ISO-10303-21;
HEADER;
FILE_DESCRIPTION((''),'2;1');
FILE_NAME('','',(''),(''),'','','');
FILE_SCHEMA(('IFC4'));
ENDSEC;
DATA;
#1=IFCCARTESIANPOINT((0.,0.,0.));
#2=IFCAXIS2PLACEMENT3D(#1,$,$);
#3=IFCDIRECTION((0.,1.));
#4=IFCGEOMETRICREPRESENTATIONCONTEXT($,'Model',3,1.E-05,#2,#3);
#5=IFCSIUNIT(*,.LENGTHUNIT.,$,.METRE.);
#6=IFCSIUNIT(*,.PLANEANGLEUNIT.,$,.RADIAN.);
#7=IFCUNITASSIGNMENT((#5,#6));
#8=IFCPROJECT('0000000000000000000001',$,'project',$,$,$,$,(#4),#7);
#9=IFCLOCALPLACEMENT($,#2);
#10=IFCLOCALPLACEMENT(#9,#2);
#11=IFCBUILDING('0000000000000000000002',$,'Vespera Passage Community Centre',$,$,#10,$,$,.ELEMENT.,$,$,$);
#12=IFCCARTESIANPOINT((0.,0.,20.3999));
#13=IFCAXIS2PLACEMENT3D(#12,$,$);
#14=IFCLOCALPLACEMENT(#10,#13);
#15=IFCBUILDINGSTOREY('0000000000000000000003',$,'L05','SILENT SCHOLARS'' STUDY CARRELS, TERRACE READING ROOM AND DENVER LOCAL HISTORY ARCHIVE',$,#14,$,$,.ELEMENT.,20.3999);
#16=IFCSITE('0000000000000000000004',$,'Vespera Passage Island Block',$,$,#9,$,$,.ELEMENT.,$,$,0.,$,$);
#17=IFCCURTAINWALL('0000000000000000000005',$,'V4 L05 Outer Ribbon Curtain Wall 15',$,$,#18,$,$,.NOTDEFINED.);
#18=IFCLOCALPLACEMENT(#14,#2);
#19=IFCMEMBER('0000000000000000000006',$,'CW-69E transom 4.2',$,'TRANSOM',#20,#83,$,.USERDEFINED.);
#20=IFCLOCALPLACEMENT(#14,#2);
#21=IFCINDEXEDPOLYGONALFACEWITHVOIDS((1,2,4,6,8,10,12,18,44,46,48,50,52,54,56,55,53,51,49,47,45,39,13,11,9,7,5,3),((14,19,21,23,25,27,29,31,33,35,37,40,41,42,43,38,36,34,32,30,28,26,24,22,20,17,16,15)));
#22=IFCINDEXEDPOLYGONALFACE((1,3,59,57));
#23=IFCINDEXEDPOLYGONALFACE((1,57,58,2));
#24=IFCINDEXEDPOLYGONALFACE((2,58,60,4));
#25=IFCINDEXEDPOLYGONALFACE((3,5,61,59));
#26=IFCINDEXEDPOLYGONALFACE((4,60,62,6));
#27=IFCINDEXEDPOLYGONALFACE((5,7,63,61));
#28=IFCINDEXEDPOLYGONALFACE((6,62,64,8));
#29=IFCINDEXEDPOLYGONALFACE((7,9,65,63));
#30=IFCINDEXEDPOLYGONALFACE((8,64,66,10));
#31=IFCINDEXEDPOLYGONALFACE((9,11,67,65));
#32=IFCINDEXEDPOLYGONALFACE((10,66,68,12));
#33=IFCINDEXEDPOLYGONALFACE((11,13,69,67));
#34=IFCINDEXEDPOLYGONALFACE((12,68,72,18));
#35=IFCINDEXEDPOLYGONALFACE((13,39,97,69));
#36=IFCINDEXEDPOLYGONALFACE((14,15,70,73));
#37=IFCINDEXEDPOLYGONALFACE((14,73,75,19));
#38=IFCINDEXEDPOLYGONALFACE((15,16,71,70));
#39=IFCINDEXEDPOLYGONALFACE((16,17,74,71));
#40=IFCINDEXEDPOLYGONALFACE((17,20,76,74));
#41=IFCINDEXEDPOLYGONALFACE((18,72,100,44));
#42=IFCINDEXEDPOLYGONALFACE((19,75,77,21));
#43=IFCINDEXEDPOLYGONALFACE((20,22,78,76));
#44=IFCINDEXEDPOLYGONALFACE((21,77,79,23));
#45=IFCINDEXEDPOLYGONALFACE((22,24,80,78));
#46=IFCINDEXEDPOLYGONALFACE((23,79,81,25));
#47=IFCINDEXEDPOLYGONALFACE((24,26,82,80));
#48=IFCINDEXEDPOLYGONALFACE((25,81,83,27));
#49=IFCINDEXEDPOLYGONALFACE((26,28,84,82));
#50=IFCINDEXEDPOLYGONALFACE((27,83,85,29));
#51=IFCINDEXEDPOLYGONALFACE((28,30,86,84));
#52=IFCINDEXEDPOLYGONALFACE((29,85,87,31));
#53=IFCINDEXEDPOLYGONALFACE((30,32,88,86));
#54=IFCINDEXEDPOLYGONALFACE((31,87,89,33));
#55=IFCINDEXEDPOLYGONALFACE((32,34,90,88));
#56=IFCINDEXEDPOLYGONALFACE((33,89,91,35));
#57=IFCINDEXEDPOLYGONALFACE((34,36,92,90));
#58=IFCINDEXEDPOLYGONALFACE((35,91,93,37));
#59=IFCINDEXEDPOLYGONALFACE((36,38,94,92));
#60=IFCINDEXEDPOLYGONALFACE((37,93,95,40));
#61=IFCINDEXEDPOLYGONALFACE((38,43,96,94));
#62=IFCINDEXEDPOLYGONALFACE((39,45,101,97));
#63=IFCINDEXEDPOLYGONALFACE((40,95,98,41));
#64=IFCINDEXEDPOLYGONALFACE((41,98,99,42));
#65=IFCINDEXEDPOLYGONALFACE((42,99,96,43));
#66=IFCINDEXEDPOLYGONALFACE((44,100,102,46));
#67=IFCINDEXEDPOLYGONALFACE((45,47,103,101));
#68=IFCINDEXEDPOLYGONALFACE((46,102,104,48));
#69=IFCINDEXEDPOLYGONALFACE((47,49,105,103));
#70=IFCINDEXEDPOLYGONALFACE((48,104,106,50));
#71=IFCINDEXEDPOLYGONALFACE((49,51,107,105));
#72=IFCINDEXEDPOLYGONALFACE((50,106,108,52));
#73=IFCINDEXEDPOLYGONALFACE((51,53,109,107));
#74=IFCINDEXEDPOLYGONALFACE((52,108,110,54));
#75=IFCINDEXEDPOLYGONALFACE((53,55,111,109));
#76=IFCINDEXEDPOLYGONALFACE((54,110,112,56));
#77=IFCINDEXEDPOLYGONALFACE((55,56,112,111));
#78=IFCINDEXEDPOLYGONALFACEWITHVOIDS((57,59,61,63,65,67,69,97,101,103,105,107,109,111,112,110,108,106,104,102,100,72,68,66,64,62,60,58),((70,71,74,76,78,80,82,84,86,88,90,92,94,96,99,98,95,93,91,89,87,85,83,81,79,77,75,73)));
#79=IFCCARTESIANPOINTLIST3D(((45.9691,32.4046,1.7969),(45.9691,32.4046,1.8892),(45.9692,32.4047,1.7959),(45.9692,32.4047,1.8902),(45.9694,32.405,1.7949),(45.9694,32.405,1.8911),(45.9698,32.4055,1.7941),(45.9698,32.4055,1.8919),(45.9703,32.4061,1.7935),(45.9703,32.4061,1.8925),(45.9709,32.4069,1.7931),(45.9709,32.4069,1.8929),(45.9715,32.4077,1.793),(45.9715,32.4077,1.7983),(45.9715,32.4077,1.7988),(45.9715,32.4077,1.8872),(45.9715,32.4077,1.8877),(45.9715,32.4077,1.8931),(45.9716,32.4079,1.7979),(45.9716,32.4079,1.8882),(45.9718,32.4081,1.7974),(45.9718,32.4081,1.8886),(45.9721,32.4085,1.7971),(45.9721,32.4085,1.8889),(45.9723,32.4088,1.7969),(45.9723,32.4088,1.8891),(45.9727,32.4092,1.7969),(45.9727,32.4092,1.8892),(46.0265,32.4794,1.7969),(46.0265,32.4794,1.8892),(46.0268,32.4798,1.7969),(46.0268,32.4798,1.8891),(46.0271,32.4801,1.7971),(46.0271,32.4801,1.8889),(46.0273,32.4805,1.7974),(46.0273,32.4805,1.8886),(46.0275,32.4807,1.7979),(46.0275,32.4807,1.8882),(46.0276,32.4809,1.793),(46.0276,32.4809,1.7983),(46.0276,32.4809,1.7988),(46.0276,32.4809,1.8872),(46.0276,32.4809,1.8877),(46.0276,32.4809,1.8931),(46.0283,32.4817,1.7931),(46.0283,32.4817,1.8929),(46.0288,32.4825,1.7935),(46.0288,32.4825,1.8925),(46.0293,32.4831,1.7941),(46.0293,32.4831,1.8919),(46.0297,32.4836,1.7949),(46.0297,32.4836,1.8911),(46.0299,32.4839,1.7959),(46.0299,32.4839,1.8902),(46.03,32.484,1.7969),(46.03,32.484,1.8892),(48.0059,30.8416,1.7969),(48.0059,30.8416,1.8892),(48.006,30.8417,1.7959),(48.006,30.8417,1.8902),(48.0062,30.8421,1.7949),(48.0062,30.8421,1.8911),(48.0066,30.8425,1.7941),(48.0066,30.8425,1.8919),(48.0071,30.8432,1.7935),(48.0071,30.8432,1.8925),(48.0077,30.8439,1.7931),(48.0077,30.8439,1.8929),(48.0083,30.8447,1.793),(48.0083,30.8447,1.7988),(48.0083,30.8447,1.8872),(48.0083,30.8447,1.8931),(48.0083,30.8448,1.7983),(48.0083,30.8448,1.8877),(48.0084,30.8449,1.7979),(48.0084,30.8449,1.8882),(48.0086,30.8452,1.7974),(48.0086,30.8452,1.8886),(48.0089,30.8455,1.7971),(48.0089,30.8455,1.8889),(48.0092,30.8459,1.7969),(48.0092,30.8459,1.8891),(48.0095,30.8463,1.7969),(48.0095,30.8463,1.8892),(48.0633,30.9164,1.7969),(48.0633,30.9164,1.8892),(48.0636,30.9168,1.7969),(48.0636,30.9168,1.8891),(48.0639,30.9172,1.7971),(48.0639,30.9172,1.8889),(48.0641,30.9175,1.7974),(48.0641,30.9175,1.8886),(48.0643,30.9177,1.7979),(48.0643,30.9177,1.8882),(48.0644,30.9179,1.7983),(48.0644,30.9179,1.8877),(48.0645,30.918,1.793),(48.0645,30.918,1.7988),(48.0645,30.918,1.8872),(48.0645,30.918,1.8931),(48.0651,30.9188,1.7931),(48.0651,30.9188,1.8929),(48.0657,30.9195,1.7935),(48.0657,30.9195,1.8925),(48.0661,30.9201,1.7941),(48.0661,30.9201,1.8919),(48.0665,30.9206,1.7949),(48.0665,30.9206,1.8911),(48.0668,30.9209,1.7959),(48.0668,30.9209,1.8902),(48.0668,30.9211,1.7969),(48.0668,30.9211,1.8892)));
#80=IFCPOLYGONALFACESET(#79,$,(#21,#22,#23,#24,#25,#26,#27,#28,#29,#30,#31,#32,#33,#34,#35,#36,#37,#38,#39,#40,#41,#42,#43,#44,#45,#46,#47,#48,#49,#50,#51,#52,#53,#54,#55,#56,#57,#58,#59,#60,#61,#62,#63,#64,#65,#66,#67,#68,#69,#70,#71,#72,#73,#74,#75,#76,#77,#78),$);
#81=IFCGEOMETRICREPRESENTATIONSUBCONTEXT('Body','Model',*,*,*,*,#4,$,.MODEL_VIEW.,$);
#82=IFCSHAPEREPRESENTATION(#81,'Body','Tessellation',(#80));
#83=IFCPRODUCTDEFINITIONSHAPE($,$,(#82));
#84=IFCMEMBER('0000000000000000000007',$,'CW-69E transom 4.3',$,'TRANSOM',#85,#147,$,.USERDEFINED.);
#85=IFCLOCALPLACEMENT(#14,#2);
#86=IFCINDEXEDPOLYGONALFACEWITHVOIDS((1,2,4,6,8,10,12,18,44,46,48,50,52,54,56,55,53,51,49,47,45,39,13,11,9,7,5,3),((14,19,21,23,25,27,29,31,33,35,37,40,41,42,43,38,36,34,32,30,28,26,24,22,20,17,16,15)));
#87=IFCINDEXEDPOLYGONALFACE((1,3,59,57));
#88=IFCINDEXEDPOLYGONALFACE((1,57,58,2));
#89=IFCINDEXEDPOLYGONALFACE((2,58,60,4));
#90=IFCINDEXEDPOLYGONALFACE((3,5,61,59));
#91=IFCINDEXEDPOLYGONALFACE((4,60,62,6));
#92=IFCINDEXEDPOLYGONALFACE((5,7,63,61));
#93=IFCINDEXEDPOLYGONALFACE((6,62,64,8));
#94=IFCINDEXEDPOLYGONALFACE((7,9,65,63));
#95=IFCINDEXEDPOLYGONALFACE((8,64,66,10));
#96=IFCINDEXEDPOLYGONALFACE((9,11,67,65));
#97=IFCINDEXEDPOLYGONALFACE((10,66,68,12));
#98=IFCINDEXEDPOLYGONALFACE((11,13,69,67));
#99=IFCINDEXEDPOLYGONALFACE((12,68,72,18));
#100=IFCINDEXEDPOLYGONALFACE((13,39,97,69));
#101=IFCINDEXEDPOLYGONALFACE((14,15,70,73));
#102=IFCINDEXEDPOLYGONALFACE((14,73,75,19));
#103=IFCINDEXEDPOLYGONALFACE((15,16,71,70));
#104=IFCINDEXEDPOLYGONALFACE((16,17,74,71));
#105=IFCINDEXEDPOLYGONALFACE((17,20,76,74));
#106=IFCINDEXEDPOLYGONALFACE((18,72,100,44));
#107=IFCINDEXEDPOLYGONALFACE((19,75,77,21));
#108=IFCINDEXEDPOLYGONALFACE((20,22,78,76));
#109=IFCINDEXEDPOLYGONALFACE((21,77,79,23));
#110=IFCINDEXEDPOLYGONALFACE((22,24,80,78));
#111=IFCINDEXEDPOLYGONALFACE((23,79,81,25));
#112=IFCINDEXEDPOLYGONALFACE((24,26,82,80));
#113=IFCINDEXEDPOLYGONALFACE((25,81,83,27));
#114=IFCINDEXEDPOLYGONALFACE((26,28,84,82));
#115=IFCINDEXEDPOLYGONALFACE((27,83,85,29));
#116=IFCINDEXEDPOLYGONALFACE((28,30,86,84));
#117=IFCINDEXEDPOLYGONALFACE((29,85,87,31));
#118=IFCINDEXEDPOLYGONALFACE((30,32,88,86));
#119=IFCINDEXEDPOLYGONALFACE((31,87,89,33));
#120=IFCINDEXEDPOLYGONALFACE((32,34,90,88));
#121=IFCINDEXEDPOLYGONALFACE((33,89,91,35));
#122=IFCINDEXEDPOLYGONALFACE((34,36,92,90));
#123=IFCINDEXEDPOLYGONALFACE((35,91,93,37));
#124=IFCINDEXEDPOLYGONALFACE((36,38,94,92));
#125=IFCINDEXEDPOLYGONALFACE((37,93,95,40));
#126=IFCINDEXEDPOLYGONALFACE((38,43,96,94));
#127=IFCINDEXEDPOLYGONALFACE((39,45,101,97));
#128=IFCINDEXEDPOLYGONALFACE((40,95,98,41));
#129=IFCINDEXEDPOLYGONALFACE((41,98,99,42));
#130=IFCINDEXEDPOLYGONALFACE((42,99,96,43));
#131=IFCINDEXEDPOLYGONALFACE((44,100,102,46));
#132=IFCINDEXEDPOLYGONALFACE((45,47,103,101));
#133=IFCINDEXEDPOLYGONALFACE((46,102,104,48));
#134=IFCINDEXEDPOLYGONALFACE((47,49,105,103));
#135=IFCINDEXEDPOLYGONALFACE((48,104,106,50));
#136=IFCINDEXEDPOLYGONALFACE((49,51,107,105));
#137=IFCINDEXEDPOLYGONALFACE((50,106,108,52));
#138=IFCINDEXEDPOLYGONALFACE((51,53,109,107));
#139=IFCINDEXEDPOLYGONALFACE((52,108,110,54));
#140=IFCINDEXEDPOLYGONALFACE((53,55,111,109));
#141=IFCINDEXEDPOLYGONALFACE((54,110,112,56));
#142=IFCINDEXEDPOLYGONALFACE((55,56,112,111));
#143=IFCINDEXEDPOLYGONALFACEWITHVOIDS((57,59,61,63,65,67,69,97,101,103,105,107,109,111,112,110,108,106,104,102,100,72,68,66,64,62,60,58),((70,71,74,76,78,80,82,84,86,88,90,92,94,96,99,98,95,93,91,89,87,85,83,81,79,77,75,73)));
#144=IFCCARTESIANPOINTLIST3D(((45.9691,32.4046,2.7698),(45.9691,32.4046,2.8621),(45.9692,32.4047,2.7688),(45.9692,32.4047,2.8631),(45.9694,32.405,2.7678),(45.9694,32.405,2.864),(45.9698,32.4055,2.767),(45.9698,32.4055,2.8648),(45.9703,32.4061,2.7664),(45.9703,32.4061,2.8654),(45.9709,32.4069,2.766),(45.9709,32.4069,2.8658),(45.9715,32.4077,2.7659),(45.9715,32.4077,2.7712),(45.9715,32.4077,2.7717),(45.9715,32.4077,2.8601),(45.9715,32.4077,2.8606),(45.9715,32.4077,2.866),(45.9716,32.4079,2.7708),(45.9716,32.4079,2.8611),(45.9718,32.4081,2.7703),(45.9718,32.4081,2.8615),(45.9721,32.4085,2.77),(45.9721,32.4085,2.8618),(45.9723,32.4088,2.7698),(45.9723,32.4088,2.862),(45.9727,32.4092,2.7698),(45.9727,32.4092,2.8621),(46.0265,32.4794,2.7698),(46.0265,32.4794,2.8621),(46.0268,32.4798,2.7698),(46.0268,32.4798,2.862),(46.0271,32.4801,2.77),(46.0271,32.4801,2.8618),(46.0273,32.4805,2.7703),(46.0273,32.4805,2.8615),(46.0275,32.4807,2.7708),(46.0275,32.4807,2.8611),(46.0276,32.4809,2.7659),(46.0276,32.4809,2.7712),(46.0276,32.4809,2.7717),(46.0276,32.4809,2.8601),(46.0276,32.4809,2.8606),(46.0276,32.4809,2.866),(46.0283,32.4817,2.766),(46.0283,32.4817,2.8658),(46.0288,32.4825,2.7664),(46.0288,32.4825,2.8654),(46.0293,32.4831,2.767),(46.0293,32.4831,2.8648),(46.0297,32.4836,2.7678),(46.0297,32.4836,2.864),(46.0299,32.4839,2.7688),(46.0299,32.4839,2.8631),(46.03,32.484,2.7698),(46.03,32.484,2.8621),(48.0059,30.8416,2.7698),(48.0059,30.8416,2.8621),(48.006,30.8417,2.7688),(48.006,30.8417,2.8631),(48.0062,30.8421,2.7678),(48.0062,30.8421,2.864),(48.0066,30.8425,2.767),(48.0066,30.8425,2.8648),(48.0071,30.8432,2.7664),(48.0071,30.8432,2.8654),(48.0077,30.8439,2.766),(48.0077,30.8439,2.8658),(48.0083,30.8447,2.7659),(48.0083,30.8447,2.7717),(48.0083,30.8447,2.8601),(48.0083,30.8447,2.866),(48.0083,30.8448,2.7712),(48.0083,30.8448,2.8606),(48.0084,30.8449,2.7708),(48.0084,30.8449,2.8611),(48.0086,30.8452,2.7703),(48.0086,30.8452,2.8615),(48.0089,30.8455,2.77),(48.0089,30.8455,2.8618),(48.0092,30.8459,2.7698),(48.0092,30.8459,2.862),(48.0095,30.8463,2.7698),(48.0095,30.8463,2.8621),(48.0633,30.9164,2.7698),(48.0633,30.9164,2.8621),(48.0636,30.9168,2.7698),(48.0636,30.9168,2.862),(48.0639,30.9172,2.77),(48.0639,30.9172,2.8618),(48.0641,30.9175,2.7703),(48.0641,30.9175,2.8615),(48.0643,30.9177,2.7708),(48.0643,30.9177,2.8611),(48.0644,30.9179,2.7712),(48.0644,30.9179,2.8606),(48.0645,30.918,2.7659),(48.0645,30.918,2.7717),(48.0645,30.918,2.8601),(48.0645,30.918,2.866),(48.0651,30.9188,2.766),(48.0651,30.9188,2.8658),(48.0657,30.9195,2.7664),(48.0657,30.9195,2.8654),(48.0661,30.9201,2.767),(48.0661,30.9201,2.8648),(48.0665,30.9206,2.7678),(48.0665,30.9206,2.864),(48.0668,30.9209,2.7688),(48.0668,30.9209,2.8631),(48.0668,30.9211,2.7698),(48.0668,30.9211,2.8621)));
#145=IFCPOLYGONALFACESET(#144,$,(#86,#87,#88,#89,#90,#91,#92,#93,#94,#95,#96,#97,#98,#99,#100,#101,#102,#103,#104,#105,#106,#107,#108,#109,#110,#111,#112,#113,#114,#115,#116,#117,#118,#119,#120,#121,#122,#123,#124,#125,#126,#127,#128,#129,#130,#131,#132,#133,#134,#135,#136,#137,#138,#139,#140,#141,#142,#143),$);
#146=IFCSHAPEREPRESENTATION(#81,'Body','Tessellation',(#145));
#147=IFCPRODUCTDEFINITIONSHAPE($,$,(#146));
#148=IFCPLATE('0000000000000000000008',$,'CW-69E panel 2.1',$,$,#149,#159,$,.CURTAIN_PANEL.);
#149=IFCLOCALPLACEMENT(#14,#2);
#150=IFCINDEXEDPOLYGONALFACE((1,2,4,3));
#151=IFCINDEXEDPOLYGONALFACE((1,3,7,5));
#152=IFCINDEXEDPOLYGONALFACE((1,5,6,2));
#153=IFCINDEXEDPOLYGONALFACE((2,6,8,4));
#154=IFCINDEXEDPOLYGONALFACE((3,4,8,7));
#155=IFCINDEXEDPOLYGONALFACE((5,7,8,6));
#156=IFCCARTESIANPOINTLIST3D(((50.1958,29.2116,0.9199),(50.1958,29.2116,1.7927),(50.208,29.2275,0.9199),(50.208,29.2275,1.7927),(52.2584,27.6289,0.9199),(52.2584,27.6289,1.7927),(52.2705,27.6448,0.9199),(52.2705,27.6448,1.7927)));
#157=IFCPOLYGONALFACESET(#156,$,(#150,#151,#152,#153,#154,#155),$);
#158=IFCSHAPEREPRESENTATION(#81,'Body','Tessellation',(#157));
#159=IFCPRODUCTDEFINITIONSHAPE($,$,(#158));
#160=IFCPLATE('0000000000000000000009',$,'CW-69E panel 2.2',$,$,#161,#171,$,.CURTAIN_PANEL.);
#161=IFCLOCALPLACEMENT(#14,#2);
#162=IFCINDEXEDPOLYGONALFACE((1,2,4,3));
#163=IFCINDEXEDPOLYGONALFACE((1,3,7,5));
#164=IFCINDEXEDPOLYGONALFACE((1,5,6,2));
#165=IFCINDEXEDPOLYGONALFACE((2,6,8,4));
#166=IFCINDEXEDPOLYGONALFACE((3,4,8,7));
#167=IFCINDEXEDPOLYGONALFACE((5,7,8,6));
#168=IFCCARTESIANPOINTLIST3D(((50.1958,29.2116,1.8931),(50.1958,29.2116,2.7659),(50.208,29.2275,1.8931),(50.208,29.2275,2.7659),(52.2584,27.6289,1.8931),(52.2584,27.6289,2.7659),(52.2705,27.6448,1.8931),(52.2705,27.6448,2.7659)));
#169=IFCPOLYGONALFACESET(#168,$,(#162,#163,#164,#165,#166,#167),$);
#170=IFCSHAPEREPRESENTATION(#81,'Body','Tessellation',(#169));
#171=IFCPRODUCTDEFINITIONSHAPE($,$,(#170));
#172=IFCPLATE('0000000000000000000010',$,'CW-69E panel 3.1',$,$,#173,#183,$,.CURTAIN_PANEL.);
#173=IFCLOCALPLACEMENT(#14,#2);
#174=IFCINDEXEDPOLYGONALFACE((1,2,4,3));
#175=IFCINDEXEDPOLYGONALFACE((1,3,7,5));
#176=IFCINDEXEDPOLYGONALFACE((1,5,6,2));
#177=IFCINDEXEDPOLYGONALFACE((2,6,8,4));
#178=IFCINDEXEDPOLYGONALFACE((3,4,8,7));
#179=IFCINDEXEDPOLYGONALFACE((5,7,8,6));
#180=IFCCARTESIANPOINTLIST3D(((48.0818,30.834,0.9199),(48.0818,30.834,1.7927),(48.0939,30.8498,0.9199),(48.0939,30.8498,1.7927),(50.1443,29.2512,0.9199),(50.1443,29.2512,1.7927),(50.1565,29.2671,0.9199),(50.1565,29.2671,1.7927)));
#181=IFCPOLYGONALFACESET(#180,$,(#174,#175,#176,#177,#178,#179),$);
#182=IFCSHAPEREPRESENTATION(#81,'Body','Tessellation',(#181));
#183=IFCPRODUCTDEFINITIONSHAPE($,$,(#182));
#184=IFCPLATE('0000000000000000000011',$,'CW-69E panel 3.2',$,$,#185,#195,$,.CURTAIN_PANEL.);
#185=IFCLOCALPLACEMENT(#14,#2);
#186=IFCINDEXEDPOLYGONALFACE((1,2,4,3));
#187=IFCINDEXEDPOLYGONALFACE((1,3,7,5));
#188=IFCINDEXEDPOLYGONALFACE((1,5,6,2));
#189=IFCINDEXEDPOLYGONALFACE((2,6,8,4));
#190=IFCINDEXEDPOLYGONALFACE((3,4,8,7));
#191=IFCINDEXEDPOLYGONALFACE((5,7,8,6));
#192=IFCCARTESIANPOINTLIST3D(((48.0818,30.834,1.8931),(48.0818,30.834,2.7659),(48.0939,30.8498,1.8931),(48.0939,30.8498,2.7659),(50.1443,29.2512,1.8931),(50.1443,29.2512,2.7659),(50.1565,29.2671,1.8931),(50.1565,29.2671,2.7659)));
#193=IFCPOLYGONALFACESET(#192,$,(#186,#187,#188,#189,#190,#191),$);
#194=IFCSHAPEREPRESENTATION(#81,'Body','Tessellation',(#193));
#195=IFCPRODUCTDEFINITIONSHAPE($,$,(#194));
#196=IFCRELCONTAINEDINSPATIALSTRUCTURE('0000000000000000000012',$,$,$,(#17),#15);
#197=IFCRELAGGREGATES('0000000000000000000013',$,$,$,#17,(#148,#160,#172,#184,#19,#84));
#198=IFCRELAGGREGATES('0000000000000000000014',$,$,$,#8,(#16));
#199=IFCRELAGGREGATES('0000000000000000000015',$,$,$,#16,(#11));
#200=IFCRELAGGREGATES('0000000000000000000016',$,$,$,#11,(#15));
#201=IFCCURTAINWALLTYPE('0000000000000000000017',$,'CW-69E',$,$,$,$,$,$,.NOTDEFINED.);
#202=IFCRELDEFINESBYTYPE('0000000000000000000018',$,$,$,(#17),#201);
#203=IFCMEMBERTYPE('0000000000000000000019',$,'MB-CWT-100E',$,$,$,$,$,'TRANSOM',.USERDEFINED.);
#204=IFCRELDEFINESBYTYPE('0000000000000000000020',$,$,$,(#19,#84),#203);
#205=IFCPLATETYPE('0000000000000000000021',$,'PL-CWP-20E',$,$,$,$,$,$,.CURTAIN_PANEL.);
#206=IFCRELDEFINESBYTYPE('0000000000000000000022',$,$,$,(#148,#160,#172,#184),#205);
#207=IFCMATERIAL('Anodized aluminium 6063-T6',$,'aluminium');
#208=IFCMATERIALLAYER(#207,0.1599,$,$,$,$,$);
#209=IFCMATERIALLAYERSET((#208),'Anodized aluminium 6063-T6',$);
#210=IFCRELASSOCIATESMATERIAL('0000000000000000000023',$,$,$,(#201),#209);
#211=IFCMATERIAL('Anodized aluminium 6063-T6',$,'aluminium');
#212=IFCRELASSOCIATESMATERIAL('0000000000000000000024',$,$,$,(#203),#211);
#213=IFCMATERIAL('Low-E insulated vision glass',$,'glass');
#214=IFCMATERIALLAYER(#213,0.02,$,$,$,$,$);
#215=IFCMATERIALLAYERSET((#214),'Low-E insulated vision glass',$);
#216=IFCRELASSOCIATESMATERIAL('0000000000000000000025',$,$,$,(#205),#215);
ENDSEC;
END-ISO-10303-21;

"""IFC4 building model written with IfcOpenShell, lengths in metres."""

from ifc_helpers import new_model, si_unit, direction, frame, origin, origin_2d, place, context, subcontext, project, spatial, rectangle, hollow_rectangle, extrude, material, layer, layer_set, material_profile, profile_set, type_object, element, aggregate, save


model = new_model("IFC4")

# Units and contexts
model_context = context("Model", 3, precision=1e-05, world=origin(), true_north=direction((0.0, 1.0)))
body_context = subcontext(model_context, "Body", "Model", "MODEL_VIEW")
ifc_project = project(units=[si_unit("LENGTHUNIT", "METRE"), si_unit("PLANEANGLEUNIT", "RADIAN")], contexts=[model_context])

# Site, building, storey
site_placement = place(None, origin())
site = spatial("IfcSite", under=ifc_project, at=site_placement, Name="Vespera Passage Island Block", CompositionType="ELEMENT", RefElevation=0.0)
building_placement = place(site_placement, origin())
building = spatial("IfcBuilding", under=site, at=building_placement, Name="Vespera Passage Community Centre", CompositionType="ELEMENT")
storey_placement = place(building_placement, frame((0.0, 0.0, 20.3999)))
storey = spatial("IfcBuildingStorey", under=building, at=storey_placement, Name="L05", Description="SILENT SCHOLARS' STUDY CARRELS, TERRACE READING ROOM AND DENVER LOCAL HISTORY ARCHIVE", CompositionType="ELEMENT", Elevation=20.3999)

# Curtain wall, members, plates
ifc_material_1 = material(Name="Anodized aluminium 6063-T6", Category="aluminium")
ifc_layer_1 = layer(ifc_material_1, 0.1599)
ifc_layer_set_1 = layer_set([ifc_layer_1], Name="Anodized aluminium 6063-T6")
curtain_wall_type = type_object("IfcCurtainWallType", Name="CW-69E", PredefinedType="NOTDEFINED", material=ifc_layer_set_1)
curtain_wall_placement = place(storey_placement, origin())
curtain_wall = element("IfcCurtainWall", 1, at=curtain_wall_placement, inside=storey, type_object=curtain_wall_type, Name="V4 L05 Outer Ribbon Curtain Wall 15", PredefinedType="NOTDEFINED")
ifc_material_2 = material(Name="Anodized aluminium 6063-T6", Category="aluminium")
ifc_material_profile_1 = material_profile(ifc_material_2, hollow_rectangle(XDim=0.1001, YDim=0.1001, WallThickness=0.0039, InnerFilletRadius=0.002, OuterFilletRadius=0.0039, at=origin_2d()), Name="ALU100X100X4")
ifc_profile_set_1 = profile_set([ifc_material_profile_1], Name="Anodized aluminium 6063-T6")
member_type_1 = type_object("IfcMemberType", Name="MB-CWT-100E", ElementType="TRANSOM", PredefinedType="USERDEFINED", material=ifc_profile_set_1)
member_1_placement = place(storey_placement, frame((48.0364, 30.8813, 1.843), z_axis=(-0.793345, 0.608773, 0.0), x_axis=(-0.608773, -0.793345, 0.0)))
member_1 = element("IfcMember", 2, at=member_1_placement, type_object=member_type_1, Name="CW-69E transom 4.2", ObjectType="TRANSOM", PredefinedType="USERDEFINED", context=body_context, shape_type="SweptSolid", body=[
    extrude(hollow_rectangle(XDim=0.1001, YDim=0.1001, WallThickness=0.0039, InnerFilletRadius=0.002, OuterFilletRadius=0.0039, at=origin_2d()), origin(), (0.0, 0.0, 1.0), 2.5674),
])
member_2_placement = place(storey_placement, frame((48.0364, 30.8813, 2.8159), z_axis=(-0.793345, 0.608773, 0.0), x_axis=(-0.608773, -0.793345, 0.0)))
member_2 = element("IfcMember", 3, at=member_2_placement, type_object=member_type_1, Name="CW-69E transom 4.3", ObjectType="TRANSOM", PredefinedType="USERDEFINED", context=body_context, shape_type="SweptSolid", body=[
    extrude(hollow_rectangle(XDim=0.1001, YDim=0.1001, WallThickness=0.0039, InnerFilletRadius=0.002, OuterFilletRadius=0.0039, at=origin_2d()), origin(), (0.0, 0.0, 1.0), 2.5674),
])
ifc_material_3 = material(Name="Low-E insulated vision glass", Category="glass")
ifc_layer_2 = layer(ifc_material_3, 0.02)
ifc_layer_set_2 = layer_set([ifc_layer_2], Name="Low-E insulated vision glass")
plate_type = type_object("IfcPlateType", Name="PL-CWP-20E", PredefinedType="CURTAIN_PANEL", material=ifc_layer_set_2)
plate_1_placement = place(storey_placement, frame((51.2332, 28.4282, 0.9199), z_axis=(0.0, 0.0, 1.0), x_axis=(-0.793345, 0.608772, 0.0)))
plate_1 = element("IfcPlate", 4, at=plate_1_placement, type_object=plate_type, Name="CW-69E panel 2.1", PredefinedType="CURTAIN_PANEL", context=body_context, shape_type="SweptSolid", body=[
    extrude(rectangle(XDim=2.5999, YDim=0.02, at=origin_2d()), origin(), (0.0, 0.0, 1.0), 0.8728),
])
plate_2_placement = place(storey_placement, frame((51.2332, 28.4282, 1.8931), z_axis=(0.0, 0.0, 1.0), x_axis=(-0.793345, 0.608772, 0.0)))
plate_2 = element("IfcPlate", 5, at=plate_2_placement, type_object=plate_type, Name="CW-69E panel 2.2", PredefinedType="CURTAIN_PANEL", context=body_context, shape_type="SweptSolid", body=[
    extrude(rectangle(XDim=2.5999, YDim=0.02, at=origin_2d()), origin(), (0.0, 0.0, 1.0), 0.8728),
])
plate_3_placement = place(storey_placement, frame((49.1191, 30.0505, 0.9199), z_axis=(0.0, 0.0, 1.0), x_axis=(-0.793345, 0.608772, 0.0)))
plate_3 = element("IfcPlate", 6, at=plate_3_placement, type_object=plate_type, Name="CW-69E panel 3.1", PredefinedType="CURTAIN_PANEL", context=body_context, shape_type="SweptSolid", body=[
    extrude(rectangle(XDim=2.5999, YDim=0.02, at=origin_2d()), origin(), (0.0, 0.0, 1.0), 0.8728),
])
plate_4_placement = place(storey_placement, frame((49.1191, 30.0505, 1.8931), z_axis=(0.0, 0.0, 1.0), x_axis=(-0.793345, 0.608772, 0.0)))
plate_4 = element("IfcPlate", 7, at=plate_4_placement, type_object=plate_type, Name="CW-69E panel 3.2", PredefinedType="CURTAIN_PANEL", context=body_context, shape_type="SweptSolid", body=[
    extrude(rectangle(XDim=2.5999, YDim=0.02, at=origin_2d()), origin(), (0.0, 0.0, 1.0), 0.8728),
])
aggregate(curtain_wall, [plate_1, plate_2, plate_3, plate_4, member_1, member_2])

save(model, "model.ifc")
